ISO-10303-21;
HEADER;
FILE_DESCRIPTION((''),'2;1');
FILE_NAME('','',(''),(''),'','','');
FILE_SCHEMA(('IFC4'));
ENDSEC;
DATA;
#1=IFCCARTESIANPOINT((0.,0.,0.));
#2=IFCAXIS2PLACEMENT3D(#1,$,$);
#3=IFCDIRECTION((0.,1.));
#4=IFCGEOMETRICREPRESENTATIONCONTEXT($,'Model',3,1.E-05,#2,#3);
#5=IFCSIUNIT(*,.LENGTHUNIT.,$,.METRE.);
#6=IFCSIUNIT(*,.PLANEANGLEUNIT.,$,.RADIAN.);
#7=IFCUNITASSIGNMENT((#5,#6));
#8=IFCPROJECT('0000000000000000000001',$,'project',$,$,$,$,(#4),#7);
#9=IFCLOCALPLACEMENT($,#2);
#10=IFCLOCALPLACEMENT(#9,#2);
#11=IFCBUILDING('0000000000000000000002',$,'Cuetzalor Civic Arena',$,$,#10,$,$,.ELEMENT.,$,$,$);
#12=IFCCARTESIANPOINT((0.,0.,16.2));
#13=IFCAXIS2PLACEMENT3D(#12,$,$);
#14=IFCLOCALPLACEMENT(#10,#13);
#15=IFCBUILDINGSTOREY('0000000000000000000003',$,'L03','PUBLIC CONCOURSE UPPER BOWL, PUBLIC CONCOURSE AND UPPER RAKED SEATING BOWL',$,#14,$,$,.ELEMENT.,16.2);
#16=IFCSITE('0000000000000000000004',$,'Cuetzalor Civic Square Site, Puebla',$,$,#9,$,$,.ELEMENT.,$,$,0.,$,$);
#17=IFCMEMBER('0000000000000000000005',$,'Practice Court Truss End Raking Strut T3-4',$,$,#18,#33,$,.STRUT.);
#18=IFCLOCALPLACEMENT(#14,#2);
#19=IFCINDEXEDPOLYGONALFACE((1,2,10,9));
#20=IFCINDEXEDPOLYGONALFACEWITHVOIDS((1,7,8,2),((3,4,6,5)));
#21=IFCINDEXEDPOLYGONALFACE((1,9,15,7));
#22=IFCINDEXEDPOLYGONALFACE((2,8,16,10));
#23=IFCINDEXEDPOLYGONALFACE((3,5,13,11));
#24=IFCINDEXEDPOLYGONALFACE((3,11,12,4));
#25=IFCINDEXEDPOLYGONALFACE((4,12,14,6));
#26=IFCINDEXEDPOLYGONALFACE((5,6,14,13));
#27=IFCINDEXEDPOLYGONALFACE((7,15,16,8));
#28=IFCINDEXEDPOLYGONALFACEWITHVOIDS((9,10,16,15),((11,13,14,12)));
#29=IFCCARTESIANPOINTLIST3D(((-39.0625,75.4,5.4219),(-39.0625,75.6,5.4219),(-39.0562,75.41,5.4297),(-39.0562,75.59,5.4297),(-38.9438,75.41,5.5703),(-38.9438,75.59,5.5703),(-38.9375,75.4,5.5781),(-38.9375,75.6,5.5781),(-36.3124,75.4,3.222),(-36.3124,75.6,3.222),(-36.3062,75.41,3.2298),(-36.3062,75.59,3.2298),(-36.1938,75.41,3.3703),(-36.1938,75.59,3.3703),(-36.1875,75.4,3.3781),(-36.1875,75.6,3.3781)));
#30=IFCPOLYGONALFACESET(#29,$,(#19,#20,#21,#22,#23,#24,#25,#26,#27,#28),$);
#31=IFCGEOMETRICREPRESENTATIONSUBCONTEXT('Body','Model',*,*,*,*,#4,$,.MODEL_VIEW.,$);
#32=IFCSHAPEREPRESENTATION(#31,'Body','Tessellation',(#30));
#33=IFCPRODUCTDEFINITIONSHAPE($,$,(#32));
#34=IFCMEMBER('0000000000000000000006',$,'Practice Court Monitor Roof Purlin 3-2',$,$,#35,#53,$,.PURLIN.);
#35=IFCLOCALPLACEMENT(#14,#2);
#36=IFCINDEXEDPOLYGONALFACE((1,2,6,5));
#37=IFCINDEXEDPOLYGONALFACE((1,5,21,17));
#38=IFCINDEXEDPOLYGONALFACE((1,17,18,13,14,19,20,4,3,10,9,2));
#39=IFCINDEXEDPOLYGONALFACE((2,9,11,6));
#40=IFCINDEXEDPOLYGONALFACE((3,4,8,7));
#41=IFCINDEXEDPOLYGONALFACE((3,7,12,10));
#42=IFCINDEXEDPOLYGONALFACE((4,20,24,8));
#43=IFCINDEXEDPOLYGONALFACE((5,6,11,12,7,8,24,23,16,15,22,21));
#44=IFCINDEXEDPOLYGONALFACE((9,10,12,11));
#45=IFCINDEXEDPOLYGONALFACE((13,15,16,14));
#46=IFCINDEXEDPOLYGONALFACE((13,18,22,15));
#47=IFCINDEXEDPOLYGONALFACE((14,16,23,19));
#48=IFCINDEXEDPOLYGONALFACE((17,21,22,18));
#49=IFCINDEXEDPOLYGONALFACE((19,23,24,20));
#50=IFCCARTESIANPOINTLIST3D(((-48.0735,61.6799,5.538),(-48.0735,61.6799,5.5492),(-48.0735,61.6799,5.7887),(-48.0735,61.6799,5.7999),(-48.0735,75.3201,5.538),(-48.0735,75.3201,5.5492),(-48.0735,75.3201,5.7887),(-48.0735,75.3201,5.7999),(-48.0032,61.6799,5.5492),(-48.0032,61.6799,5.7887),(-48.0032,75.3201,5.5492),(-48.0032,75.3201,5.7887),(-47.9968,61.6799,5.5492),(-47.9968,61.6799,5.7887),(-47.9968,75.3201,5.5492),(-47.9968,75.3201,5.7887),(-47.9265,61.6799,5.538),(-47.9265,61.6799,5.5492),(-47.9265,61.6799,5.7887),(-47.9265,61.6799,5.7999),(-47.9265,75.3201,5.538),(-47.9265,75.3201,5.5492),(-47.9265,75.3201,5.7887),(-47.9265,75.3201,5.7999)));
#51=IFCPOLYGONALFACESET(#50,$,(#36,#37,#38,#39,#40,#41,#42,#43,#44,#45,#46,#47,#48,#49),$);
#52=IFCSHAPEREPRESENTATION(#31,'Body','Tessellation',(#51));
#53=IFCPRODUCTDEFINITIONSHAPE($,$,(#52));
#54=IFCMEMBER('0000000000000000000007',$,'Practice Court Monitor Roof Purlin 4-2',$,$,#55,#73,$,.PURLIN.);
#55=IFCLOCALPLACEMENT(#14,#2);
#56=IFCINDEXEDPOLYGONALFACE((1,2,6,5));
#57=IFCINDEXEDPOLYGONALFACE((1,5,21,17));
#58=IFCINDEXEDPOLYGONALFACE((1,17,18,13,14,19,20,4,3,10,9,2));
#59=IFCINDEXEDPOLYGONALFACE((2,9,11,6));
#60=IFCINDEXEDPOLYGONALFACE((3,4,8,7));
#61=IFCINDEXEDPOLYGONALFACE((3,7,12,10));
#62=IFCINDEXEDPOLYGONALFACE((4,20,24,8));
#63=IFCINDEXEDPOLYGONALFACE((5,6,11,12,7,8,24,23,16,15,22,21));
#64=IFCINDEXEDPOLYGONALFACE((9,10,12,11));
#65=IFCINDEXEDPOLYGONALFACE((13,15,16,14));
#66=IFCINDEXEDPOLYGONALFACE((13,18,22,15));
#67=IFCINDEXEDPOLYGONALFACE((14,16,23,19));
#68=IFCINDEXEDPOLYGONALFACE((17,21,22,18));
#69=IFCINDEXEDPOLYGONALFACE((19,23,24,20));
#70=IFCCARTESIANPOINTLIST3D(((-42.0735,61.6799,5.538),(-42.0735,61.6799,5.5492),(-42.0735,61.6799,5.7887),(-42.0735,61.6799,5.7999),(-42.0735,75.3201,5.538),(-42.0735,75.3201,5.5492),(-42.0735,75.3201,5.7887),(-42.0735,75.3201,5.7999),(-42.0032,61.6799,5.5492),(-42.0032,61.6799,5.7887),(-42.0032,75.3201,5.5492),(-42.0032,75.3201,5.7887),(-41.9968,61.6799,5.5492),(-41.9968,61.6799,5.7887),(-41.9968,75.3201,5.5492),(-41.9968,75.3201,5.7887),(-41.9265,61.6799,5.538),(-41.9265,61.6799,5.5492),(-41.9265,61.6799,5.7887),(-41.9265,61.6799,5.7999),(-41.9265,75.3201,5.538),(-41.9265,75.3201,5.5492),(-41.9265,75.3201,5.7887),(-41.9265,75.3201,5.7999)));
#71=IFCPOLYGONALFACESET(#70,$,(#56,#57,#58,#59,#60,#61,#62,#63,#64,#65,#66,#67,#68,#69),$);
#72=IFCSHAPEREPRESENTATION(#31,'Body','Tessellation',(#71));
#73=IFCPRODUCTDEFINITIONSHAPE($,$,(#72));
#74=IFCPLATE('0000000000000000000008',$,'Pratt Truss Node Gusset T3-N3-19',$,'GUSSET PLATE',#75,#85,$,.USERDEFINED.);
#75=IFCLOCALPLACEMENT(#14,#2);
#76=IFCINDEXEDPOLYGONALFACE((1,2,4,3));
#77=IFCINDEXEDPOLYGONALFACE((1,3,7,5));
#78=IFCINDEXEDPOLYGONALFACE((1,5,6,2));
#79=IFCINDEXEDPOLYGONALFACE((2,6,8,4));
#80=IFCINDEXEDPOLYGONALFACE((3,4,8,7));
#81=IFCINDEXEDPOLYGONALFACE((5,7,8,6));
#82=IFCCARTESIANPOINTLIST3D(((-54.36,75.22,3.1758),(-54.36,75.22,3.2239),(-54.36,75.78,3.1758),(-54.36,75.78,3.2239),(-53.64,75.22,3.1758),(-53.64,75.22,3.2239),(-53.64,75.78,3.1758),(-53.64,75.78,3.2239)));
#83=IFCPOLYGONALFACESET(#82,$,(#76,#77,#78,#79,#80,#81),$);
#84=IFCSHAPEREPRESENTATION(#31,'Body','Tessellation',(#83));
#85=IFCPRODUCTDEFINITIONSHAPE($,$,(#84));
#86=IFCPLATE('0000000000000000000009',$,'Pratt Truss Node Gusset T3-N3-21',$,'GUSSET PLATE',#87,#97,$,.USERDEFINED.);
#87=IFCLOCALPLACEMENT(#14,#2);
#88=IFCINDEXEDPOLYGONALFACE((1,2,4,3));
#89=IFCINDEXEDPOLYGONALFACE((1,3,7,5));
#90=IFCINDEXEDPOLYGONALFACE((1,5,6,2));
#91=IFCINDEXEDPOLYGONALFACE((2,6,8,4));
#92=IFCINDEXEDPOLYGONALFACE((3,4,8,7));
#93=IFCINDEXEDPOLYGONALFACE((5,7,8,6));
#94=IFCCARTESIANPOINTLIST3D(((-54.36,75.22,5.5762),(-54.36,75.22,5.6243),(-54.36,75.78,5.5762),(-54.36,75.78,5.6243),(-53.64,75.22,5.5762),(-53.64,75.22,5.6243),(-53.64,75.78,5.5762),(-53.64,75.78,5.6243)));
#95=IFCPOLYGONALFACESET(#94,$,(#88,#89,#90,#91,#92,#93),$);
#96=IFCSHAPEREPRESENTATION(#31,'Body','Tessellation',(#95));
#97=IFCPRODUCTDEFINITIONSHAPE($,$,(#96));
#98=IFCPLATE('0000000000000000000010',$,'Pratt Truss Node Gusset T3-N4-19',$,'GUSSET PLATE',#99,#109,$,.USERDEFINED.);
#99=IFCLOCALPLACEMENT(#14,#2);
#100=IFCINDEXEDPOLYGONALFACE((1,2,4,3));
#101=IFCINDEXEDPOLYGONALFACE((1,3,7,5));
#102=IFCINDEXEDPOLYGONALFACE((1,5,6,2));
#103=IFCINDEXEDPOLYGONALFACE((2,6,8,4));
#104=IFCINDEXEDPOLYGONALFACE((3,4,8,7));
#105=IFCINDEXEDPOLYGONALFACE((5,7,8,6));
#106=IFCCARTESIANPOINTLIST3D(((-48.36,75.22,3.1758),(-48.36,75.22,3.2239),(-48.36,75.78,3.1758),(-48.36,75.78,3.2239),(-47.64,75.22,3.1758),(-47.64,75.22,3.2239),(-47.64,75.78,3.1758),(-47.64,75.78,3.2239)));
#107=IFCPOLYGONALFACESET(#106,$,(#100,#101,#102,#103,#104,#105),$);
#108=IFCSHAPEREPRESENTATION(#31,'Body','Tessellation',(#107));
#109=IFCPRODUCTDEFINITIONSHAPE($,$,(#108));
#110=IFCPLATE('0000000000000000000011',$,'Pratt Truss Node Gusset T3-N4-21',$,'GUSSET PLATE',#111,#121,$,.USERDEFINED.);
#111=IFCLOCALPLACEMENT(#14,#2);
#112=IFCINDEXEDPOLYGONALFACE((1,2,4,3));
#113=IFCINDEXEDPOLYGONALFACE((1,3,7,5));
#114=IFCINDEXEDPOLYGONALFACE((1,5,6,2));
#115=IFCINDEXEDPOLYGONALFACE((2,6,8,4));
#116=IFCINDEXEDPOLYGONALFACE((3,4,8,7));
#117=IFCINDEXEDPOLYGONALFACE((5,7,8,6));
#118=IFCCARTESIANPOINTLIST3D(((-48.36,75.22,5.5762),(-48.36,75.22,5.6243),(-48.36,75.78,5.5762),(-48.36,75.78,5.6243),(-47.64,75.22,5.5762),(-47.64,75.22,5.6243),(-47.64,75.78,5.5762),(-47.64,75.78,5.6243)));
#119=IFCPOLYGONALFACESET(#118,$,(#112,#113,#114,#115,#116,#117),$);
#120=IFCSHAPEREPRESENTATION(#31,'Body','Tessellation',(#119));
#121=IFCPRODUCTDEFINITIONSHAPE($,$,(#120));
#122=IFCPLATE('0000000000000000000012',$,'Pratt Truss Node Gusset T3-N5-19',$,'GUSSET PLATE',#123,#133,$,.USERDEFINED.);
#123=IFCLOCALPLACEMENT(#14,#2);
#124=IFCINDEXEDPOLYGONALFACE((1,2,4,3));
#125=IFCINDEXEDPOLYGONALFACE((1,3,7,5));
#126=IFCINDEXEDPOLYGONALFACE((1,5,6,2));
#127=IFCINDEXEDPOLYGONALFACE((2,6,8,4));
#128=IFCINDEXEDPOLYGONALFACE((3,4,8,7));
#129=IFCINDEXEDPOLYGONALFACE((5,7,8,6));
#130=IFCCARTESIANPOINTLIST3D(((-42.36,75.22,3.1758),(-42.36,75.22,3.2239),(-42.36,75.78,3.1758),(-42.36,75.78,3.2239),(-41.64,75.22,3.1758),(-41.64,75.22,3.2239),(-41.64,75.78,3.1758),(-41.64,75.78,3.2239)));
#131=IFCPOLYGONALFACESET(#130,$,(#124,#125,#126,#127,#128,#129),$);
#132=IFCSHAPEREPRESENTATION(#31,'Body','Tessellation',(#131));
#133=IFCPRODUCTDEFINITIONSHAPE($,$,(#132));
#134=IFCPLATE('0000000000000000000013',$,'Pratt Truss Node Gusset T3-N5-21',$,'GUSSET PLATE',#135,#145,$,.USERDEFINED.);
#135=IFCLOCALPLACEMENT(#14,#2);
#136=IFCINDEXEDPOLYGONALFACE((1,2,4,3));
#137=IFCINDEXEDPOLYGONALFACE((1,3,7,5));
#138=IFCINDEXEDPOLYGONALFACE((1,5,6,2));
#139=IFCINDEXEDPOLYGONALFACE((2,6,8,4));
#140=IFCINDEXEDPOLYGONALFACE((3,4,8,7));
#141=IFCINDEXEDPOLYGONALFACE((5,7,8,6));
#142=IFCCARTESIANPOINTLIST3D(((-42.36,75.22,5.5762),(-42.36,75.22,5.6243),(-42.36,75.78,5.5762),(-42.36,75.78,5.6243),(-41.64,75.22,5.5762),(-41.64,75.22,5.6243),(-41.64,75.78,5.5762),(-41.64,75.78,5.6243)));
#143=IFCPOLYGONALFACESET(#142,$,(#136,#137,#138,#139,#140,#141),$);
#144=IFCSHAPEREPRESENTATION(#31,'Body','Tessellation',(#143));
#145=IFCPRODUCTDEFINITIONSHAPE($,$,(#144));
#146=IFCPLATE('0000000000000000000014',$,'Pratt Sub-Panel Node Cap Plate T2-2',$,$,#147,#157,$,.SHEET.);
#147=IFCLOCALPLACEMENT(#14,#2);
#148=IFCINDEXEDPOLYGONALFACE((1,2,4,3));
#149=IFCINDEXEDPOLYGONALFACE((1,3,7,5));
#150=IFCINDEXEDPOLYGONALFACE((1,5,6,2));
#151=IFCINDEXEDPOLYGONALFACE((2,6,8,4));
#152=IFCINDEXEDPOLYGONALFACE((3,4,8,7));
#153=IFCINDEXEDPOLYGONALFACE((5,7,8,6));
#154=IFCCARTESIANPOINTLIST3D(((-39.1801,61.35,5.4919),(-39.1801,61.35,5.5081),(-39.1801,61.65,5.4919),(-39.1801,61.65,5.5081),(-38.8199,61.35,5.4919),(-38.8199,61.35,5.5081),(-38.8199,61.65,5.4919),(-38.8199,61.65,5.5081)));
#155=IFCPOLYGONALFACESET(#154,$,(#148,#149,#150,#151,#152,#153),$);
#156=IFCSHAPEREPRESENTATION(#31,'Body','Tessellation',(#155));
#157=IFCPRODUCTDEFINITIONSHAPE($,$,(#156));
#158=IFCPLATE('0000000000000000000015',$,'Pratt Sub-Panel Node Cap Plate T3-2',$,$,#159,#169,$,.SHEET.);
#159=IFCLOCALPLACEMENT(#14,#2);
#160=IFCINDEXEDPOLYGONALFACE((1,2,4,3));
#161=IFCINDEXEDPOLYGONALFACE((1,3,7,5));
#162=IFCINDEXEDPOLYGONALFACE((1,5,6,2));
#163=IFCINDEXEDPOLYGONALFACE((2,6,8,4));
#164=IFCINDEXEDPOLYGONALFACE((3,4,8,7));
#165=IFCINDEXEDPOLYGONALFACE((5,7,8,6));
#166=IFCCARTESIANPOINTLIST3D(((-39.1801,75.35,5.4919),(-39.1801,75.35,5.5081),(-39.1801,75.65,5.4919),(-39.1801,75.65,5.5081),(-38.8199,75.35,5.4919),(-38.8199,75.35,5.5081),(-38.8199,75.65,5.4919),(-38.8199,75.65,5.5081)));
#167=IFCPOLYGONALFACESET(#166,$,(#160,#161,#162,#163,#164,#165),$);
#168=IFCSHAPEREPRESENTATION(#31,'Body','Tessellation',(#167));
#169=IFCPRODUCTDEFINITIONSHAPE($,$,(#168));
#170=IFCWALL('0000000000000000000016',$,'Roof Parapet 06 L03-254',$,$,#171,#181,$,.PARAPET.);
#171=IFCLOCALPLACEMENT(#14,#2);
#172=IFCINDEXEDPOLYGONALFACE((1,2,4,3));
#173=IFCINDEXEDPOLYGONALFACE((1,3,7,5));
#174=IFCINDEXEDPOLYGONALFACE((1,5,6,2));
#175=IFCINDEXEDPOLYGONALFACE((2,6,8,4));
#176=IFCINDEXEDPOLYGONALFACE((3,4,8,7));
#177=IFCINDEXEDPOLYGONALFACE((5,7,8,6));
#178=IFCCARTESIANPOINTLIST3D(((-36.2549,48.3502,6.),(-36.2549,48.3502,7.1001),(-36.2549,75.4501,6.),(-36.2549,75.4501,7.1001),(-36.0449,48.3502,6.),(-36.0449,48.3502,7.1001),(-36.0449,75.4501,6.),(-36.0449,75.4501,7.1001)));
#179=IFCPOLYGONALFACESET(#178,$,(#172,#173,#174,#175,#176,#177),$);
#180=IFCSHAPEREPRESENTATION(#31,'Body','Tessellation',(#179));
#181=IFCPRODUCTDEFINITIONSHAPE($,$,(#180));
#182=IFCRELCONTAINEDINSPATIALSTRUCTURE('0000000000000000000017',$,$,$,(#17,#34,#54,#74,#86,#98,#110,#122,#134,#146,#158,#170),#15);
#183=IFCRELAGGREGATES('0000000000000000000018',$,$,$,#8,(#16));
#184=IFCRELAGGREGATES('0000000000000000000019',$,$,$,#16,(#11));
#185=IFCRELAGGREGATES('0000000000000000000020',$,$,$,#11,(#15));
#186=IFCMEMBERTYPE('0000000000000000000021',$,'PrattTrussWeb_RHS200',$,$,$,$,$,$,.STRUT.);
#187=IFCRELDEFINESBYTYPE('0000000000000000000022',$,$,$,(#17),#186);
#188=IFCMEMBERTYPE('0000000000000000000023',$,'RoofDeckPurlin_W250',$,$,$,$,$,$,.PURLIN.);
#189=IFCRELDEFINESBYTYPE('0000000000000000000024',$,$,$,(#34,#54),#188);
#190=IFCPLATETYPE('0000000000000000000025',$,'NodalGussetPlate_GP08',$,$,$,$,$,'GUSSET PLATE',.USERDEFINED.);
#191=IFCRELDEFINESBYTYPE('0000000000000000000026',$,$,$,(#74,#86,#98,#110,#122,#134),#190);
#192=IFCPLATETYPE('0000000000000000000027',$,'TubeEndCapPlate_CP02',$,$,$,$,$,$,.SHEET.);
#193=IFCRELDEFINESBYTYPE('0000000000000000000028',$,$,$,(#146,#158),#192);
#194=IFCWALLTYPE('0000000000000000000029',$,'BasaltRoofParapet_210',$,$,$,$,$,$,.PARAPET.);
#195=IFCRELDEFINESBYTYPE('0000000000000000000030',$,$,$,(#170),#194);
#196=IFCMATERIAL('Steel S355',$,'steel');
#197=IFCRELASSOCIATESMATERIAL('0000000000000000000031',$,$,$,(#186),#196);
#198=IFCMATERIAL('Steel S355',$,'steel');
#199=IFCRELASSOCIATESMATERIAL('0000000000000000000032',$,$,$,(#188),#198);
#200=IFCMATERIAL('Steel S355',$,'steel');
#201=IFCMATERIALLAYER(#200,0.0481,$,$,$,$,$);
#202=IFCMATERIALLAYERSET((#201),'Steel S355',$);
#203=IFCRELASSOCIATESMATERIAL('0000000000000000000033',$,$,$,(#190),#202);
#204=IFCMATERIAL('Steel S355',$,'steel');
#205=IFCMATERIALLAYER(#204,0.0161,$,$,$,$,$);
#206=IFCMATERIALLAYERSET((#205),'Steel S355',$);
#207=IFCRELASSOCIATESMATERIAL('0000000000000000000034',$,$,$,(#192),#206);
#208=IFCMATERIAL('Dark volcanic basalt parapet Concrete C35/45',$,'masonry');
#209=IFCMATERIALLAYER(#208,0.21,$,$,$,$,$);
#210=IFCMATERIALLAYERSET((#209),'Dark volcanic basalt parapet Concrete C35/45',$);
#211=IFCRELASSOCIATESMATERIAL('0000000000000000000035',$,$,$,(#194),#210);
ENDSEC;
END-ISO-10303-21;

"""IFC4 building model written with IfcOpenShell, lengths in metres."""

from ifc_helpers import new_model, si_unit, direction, frame, frame_2d, origin, origin_2d, place, context, subcontext, project, spatial, rectangle, hollow_rectangle, i_section, extrude, material, layer, layer_set, material_profile, profile_set, type_object, element, save


model = new_model("IFC4")

# Units and contexts
model_context = context("Model", 3, precision=1e-05, world=origin(), true_north=direction((0.0, 1.0)))
body_context = subcontext(model_context, "Body", "Model", "MODEL_VIEW")
ifc_project = project(units=[si_unit("LENGTHUNIT", "METRE"), si_unit("PLANEANGLEUNIT", "RADIAN")], contexts=[model_context])

# Site, building, storey
site_placement = place(None, origin())
site = spatial("IfcSite", under=ifc_project, at=site_placement, Name="Cuetzalor Civic Square Site, Puebla", CompositionType="ELEMENT", RefElevation=0.0)
building_placement = place(site_placement, origin())
building = spatial("IfcBuilding", under=site, at=building_placement, Name="Cuetzalor Civic Arena", CompositionType="ELEMENT")
storey_placement = place(building_placement, frame((0.0, 0.0, 16.2)))
storey = spatial("IfcBuildingStorey", under=building, at=storey_placement, Name="L03", Description="PUBLIC CONCOURSE UPPER BOWL, PUBLIC CONCOURSE AND UPPER RAKED SEATING BOWL", CompositionType="ELEMENT", Elevation=16.2)

# Members
ifc_material_1 = material(Name="Steel S355", Category="steel")
ifc_material_profile_1 = material_profile(ifc_material_1, hollow_rectangle(XDim=0.2, YDim=0.2, WallThickness=0.01, at=origin_2d()), Name="RHS 200x200x10")
ifc_profile_set_1 = profile_set([ifc_material_profile_1], Name="Steel S355")
member_type_1 = type_object("IfcMemberType", Name="PrattTrussWeb_RHS200", PredefinedType="STRUT", material=ifc_profile_set_1)
member_1_placement = place(storey_placement, frame((-39.0, 75.5, 5.5), z_axis=(0.780876, 0.0, -0.624687), x_axis=(0.0, 1.0, 0.0)))
element("IfcMember", 1, at=member_1_placement, inside=storey, type_object=member_type_1, Name="Practice Court Truss End Raking Strut T3-4", PredefinedType="STRUT", context=body_context, shape_type="SweptSolid", body=[
    extrude(hollow_rectangle(XDim=0.2, YDim=0.2, WallThickness=0.01, at=origin_2d()), origin(), (0.0, 0.0, 1.0), 3.5217),
])
ifc_material_2 = material(Name="Steel S355", Category="steel")
ifc_material_profile_2 = material_profile(ifc_material_2, i_section(OverallWidth=0.147, OverallDepth=0.262, WebThickness=0.0063, FlangeThickness=0.0112, at=origin_2d()), Name="W250x39")
ifc_profile_set_2 = profile_set([ifc_material_profile_2], Name="Steel S355")
member_type_2 = type_object("IfcMemberType", Name="RoofDeckPurlin_W250", PredefinedType="PURLIN", material=ifc_profile_set_2)
for number, where, z_axis, x_axis, name in (
    (2, (-48.0, 61.6799, 5.6689), (0.0, 1.0, 0.0), (-1.0, 0.0, 0.0), "Practice Court Monitor Roof Purlin 3-2"),
    (3, (-42.0, 61.6799, 5.6689), (0.0, 1.0, 0.0), (-1.0, 0.0, 0.0), "Practice Court Monitor Roof Purlin 4-2"),
):
    element("IfcMember", number, at=place(storey_placement, frame(where, z_axis=z_axis, x_axis=x_axis)), inside=storey, type_object=member_type_2, Name=name, PredefinedType="PURLIN", context=body_context, shape_type="SweptSolid", body=[
        extrude(i_section(OverallWidth=0.147, OverallDepth=0.262, WebThickness=0.0063, FlangeThickness=0.0112, at=origin_2d()), origin(), (0.0, 0.0, 1.0), 13.6401),
    ])

# Plates
ifc_material_3 = material(Name="Steel S355", Category="steel")
ifc_layer_1 = layer(ifc_material_3, 0.0481)
ifc_layer_set_1 = layer_set([ifc_layer_1], Name="Steel S355")
plate_type_1 = type_object("IfcPlateType", Name="NodalGussetPlate_GP08", ElementType="GUSSET PLATE", PredefinedType="USERDEFINED", material=ifc_layer_set_1)
for number, where, z_axis, x_axis, name in (
    (4, (-54.0, 75.5, 3.1758), (0.0, 0.0, 1.0), (1.0, 0.0, 0.0), "Pratt Truss Node Gusset T3-N3-19"),
    (5, (-54.0, 75.5, 5.5762), (0.0, 0.0, 1.0), (1.0, 0.0, 0.0), "Pratt Truss Node Gusset T3-N3-21"),
    (6, (-48.0, 75.5, 3.1758), (0.0, 0.0, 1.0), (1.0, 0.0, 0.0), "Pratt Truss Node Gusset T3-N4-19"),
    (7, (-48.0, 75.5, 5.5762), (0.0, 0.0, 1.0), (1.0, 0.0, 0.0), "Pratt Truss Node Gusset T3-N4-21"),
    (8, (-42.0, 75.5, 3.1758), (0.0, 0.0, 1.0), (1.0, 0.0, 0.0), "Pratt Truss Node Gusset T3-N5-19"),
    (9, (-42.0, 75.5, 5.5762), (0.0, 0.0, 1.0), (1.0, 0.0, 0.0), "Pratt Truss Node Gusset T3-N5-21"),
):
    element("IfcPlate", number, at=place(storey_placement, frame(where, z_axis=z_axis, x_axis=x_axis)), inside=storey, type_object=plate_type_1, Name=name, ObjectType="GUSSET PLATE", PredefinedType="USERDEFINED", context=body_context, shape_type="SweptSolid", body=[
        extrude(rectangle(XDim=0.72, YDim=0.5601, at=origin_2d()), origin(), (0.0, 0.0, 1.0), 0.0481),
    ])
ifc_material_4 = material(Name="Steel S355", Category="steel")
ifc_layer_2 = layer(ifc_material_4, 0.0161)
ifc_layer_set_2 = layer_set([ifc_layer_2], Name="Steel S355")
plate_type_2 = type_object("IfcPlateType", Name="TubeEndCapPlate_CP02", PredefinedType="SHEET", material=ifc_layer_set_2)
for number, where, z_axis, x_axis, name in (
    (10, (-39.0, 61.5, 5.4919), (0.0, 0.0, 1.0), (1.0, 0.0, 0.0), "Pratt Sub-Panel Node Cap Plate T2-2"),
    (11, (-39.0, 75.5, 5.4919), (0.0, 0.0, 1.0), (1.0, 0.0, 0.0), "Pratt Sub-Panel Node Cap Plate T3-2"),
):
    element("IfcPlate", number, at=place(storey_placement, frame(where, z_axis=z_axis, x_axis=x_axis)), inside=storey, type_object=plate_type_2, Name=name, PredefinedType="SHEET", context=body_context, shape_type="SweptSolid", body=[
        extrude(rectangle(XDim=0.3601, YDim=0.3, at=origin_2d()), origin(), (0.0, 0.0, 1.0), 0.0161),
    ])

# Wall
ifc_material_5 = material(Name="Dark volcanic basalt parapet Concrete C35/45", Category="masonry")
ifc_layer_3 = layer(ifc_material_5, 0.21)
ifc_layer_set_3 = layer_set([ifc_layer_3], Name="Dark volcanic basalt parapet Concrete C35/45")
wall_type = type_object("IfcWallType", Name="BasaltRoofParapet_210", PredefinedType="PARAPET", material=ifc_layer_set_3)
wall_placement = place(storey_placement, frame((-36.1499, 75.45, 6.0), z_axis=(0.0, 0.0, 1.0), x_axis=(0.0, -1.0, 0.0)))
element("IfcWall", 12, at=wall_placement, inside=storey, type_object=wall_type, Name="Roof Parapet 06 L03-254", PredefinedType="PARAPET", context=body_context, shape_type="SweptSolid", body=[
    extrude(rectangle(XDim=27.0999, YDim=0.21, at=frame_2d((13.5498, 0.0))), origin(), (0.0, 0.0, 1.0), 1.1001),
])

save(model, "model.ifc")
